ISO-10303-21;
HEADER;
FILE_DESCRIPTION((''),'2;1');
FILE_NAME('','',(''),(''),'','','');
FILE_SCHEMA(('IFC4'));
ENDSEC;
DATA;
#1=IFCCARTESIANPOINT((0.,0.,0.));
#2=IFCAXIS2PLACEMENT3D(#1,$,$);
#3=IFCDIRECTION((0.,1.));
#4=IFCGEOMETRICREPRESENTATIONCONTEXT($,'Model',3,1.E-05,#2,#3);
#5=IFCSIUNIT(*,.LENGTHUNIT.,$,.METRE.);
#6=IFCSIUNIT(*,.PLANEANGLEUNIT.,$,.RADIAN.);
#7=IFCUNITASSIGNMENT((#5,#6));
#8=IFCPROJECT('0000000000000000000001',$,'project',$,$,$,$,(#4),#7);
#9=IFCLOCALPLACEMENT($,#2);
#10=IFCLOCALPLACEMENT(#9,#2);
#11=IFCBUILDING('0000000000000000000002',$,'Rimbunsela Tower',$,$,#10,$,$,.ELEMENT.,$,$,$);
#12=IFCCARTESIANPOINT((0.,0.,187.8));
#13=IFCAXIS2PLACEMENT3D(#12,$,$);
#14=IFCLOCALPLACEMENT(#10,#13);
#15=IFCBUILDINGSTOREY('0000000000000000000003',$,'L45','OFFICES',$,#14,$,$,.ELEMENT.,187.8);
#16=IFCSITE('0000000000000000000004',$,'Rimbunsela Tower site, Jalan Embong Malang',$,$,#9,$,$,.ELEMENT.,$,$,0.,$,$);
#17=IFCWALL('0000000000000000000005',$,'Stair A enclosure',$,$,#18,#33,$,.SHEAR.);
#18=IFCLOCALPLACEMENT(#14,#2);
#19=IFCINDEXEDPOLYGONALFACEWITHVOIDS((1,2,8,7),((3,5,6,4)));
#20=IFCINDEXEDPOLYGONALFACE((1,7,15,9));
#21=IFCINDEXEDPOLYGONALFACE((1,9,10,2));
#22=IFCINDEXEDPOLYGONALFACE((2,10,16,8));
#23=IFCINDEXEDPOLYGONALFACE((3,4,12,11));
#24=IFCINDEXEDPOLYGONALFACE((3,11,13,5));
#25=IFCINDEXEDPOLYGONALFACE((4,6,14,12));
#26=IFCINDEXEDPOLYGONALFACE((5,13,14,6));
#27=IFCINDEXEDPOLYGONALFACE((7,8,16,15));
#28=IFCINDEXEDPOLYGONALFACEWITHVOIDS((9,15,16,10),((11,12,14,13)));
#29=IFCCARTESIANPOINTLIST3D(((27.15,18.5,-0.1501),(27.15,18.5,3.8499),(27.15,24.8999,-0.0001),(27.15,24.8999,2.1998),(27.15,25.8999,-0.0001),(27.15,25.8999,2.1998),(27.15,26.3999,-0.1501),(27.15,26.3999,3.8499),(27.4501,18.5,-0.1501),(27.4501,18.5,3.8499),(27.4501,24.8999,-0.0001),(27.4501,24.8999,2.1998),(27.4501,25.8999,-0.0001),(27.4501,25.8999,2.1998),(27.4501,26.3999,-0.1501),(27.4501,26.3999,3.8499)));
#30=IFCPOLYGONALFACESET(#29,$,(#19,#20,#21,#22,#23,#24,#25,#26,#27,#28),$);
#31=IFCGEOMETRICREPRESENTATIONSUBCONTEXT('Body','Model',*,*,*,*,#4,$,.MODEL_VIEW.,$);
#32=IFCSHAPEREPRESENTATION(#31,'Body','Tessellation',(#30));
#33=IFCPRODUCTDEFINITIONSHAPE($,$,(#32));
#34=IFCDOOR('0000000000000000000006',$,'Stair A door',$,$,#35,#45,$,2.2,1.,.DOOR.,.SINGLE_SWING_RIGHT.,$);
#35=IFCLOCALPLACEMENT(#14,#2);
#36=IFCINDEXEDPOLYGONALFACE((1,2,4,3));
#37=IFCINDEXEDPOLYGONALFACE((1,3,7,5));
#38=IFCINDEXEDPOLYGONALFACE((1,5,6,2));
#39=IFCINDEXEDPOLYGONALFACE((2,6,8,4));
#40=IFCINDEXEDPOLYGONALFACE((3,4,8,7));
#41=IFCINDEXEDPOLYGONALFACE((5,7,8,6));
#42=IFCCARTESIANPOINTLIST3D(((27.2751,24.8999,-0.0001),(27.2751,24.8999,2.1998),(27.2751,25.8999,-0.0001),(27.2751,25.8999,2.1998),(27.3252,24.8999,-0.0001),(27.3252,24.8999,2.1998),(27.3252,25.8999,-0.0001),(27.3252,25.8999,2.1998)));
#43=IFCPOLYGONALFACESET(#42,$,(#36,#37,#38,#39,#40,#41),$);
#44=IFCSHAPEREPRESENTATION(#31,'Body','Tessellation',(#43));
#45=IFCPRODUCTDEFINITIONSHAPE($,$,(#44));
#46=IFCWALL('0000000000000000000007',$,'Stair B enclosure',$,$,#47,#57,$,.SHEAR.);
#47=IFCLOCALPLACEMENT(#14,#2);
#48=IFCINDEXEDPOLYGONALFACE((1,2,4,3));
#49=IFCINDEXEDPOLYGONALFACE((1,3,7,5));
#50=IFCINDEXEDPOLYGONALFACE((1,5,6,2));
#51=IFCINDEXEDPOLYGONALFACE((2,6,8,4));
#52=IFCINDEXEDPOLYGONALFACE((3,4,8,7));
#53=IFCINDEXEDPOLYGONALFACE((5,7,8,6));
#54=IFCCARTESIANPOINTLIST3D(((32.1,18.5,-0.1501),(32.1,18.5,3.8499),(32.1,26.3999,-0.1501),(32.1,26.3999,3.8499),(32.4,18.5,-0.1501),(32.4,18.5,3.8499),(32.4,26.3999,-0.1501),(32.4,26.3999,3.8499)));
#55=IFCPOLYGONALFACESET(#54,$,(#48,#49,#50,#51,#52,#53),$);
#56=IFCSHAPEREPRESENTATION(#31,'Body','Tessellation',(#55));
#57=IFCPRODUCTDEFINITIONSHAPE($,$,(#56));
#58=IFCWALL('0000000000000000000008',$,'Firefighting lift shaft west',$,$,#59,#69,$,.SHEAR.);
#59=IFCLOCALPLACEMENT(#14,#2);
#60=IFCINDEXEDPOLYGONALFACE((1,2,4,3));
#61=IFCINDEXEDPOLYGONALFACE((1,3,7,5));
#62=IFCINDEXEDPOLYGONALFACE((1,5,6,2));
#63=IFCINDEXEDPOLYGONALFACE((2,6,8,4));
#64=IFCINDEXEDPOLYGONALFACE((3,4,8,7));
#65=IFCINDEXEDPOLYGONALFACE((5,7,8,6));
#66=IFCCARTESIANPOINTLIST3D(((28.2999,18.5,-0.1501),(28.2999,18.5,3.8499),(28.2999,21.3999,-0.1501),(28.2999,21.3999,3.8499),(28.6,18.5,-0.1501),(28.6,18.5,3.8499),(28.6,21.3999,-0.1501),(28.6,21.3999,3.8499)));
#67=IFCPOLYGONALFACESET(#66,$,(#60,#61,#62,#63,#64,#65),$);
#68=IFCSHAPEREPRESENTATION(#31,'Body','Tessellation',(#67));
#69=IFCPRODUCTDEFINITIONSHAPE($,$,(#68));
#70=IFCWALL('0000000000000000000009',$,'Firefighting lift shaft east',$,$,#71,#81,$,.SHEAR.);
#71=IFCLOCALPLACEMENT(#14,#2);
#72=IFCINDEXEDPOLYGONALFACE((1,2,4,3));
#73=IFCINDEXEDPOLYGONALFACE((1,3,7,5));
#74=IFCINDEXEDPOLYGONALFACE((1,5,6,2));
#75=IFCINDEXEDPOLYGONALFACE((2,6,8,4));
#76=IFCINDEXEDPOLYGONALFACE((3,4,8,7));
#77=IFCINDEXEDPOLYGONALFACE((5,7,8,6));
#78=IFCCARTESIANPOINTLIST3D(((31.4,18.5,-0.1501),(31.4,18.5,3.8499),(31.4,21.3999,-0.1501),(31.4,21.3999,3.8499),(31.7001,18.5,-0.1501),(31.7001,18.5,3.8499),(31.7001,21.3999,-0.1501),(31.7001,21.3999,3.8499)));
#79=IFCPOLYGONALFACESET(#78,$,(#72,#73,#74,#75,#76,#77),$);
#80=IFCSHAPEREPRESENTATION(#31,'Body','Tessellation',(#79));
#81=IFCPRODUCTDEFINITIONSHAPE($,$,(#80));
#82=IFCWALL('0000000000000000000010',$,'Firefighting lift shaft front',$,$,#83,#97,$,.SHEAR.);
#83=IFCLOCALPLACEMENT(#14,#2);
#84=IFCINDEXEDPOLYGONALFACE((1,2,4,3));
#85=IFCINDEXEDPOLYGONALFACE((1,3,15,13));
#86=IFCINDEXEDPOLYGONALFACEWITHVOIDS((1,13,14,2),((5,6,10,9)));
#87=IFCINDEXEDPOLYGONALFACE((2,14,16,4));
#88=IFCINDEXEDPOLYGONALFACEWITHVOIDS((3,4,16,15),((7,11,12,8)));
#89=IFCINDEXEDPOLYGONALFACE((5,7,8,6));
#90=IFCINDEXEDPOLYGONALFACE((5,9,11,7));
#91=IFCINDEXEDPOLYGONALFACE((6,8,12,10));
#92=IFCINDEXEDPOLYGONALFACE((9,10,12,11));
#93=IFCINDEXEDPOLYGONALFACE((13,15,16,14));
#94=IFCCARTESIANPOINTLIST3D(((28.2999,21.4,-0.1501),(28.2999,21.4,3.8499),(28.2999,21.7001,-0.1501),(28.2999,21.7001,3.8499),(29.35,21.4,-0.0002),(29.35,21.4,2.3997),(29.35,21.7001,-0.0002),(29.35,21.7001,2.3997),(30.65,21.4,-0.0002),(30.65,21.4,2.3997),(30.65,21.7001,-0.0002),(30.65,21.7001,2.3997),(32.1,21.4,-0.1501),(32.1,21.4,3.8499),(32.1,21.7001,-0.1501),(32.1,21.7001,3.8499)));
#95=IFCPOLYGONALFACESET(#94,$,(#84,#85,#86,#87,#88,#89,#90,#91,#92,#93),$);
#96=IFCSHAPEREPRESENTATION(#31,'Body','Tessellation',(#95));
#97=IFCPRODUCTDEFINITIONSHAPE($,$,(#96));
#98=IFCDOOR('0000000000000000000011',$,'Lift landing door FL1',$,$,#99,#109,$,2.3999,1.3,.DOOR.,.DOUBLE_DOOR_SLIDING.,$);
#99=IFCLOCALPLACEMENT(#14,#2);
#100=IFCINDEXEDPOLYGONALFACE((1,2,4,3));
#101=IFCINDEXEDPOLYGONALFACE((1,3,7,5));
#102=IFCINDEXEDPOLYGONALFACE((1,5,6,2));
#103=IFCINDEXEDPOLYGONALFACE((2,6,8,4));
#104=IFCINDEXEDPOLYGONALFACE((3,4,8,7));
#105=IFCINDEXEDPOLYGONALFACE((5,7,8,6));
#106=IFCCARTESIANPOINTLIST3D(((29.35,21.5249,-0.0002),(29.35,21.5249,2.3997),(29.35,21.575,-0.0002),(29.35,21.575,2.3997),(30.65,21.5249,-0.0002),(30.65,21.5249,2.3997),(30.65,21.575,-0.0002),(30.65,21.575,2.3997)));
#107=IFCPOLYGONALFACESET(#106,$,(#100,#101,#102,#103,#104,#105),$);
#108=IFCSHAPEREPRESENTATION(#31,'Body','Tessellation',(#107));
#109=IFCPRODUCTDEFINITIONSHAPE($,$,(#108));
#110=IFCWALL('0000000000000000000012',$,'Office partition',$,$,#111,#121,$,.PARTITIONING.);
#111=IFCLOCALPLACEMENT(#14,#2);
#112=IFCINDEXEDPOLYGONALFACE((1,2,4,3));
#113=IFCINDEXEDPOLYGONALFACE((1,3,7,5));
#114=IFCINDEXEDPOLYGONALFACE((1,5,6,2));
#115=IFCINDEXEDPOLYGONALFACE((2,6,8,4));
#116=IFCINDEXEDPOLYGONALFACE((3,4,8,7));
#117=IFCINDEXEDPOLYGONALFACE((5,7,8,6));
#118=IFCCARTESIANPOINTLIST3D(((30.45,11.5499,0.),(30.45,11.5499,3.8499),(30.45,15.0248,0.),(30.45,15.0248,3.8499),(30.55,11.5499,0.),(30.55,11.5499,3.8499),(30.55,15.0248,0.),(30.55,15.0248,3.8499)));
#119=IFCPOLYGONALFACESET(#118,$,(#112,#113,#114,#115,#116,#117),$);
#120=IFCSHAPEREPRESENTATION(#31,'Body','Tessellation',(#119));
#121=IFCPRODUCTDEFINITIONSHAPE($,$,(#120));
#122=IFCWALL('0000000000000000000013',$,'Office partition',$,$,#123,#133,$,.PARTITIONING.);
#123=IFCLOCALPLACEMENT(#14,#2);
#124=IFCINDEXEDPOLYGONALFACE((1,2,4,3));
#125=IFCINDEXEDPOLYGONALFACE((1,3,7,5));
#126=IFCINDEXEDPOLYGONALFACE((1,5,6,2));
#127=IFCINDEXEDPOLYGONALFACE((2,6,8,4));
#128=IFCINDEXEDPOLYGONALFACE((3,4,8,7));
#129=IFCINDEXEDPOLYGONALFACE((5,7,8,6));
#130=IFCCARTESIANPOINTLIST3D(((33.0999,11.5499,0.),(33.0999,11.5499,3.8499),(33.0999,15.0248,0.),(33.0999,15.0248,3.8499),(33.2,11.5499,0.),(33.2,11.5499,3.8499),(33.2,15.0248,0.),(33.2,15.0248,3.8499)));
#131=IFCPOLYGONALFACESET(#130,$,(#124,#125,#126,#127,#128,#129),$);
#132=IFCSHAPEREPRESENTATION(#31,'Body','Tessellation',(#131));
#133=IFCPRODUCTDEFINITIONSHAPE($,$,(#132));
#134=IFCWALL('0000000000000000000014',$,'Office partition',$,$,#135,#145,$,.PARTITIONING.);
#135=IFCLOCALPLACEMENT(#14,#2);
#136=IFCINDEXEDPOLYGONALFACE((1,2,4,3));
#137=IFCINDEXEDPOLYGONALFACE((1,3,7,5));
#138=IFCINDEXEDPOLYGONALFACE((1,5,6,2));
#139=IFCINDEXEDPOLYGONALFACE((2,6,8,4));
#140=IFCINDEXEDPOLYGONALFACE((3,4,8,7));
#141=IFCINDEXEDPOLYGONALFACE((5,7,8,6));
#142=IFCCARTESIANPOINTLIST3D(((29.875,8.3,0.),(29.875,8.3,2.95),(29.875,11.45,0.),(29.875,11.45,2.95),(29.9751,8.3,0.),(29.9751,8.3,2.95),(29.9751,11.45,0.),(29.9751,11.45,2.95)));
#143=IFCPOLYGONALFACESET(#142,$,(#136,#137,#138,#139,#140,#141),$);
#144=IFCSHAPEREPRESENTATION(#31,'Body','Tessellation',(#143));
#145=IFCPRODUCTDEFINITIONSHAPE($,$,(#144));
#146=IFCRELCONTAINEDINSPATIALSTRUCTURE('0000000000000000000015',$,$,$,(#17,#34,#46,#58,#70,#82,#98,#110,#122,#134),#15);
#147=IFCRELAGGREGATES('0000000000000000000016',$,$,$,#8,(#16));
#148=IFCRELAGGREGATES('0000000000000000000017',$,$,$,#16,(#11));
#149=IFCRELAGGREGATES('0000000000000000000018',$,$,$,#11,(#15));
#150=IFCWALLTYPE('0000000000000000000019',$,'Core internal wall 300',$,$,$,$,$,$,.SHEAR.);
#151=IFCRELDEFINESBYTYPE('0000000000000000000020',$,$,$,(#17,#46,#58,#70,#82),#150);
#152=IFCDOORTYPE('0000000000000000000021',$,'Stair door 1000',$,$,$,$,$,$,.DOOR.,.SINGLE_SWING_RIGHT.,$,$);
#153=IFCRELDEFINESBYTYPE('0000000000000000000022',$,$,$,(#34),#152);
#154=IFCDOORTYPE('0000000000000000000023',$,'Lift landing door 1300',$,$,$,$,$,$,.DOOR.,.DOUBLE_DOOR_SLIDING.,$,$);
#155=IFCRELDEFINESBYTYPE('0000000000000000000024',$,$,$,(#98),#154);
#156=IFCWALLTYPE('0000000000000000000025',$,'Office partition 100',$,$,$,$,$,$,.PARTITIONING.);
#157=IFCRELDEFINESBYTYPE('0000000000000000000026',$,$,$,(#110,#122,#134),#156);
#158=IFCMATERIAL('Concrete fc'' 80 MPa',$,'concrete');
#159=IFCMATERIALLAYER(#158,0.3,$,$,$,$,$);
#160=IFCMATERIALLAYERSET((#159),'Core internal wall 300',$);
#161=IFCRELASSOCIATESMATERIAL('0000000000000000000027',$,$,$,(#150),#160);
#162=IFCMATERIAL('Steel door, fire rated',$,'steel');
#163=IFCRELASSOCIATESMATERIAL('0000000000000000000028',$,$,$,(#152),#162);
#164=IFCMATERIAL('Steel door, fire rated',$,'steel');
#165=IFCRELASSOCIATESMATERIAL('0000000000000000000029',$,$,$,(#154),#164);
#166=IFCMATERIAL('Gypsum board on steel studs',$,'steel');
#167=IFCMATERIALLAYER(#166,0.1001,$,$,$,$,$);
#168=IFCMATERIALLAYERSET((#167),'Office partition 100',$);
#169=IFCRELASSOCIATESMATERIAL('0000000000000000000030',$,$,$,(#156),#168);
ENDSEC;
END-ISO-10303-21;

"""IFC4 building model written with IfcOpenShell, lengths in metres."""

from ifc_helpers import new_model, si_unit, direction, frame, frame_2d, origin, place, context, subcontext, project, spatial, rectangle, extrude, material, layer, layer_set, type_object, element, fill, save


model = new_model("IFC4")

# Units and contexts
model_context = context("Model", 3, precision=1e-05, world=origin(), true_north=direction((0.0, 1.0)))
body_context = subcontext(model_context, "Body", "Model", "MODEL_VIEW")
ifc_project = project(units=[si_unit("LENGTHUNIT", "METRE"), si_unit("PLANEANGLEUNIT", "RADIAN")], contexts=[model_context])

# Site, building, storey
site_placement = place(None, origin())
site = spatial("IfcSite", under=ifc_project, at=site_placement, Name="Rimbunsela Tower site, Jalan Embong Malang", CompositionType="ELEMENT", RefElevation=0.0)
building_placement = place(site_placement, origin())
building = spatial("IfcBuilding", under=site, at=building_placement, Name="Rimbunsela Tower", CompositionType="ELEMENT")
storey_placement = place(building_placement, frame((0.0, 0.0, 187.8)))
storey = spatial("IfcBuildingStorey", under=building, at=storey_placement, Name="L45", Description="OFFICES", CompositionType="ELEMENT", Elevation=187.8)

# Wall, opening, door
ifc_material_1 = material(Name="Concrete fc' 80 MPa", Category="concrete")
ifc_layer_1 = layer(ifc_material_1, 0.3)
ifc_layer_set_1 = layer_set([ifc_layer_1], Name="Core internal wall 300")
wall_type_1 = type_object("IfcWallType", Name="Core internal wall 300", PredefinedType="SHEAR", material=ifc_layer_set_1)
wall_1_placement = place(storey_placement, frame((27.3, 18.5, -0.1501), z_axis=(0.0, 0.0, 1.0), x_axis=(0.0, 1.0, 0.0)))
wall_1 = element("IfcWall", 1, at=wall_1_placement, inside=storey, type_object=wall_type_1, Name="Stair A enclosure", PredefinedType="SHEAR", context=body_context, shape_type="SweptSolid", body=[
    extrude(rectangle(XDim=7.8999, YDim=0.3, at=frame_2d((3.95, 0.0))), origin(), (0.0, 0.0, 1.0), 4.0),
])
opening_1_placement = place(wall_1_placement, frame((6.3999, 0.0, 0.1499)))
opening_1 = element("IfcOpeningElement", 2, at=opening_1_placement, cuts=wall_1, PredefinedType="OPENING", context=body_context, shape_type="SweptSolid", body=[
    extrude(rectangle(XDim=1.0, YDim=2.2, at=frame_2d((0.5, 1.1001))), frame((0.0, 0.1599, 0.0), z_axis=(0.0, -1.0, 0.0), x_axis=(1.0, 0.0, 0.0)), (0.0, 0.0, 1.0), 0.3201),
])
ifc_material_2 = material(Name="Steel door, fire rated", Category="steel")
door_type_1 = type_object("IfcDoorType", Name="Stair door 1000", OperationType="SINGLE_SWING_RIGHT", PredefinedType="DOOR", material=ifc_material_2)
door_1_placement = place(opening_1_placement, origin())
door_1 = element("IfcDoor", 3, at=door_1_placement, inside=storey, type_object=door_type_1, Name="Stair A door", OperationType="SINGLE_SWING_RIGHT", OverallHeight=2.2, OverallWidth=1.0, PredefinedType="DOOR", context=body_context, shape_type="SweptSolid", body=[
    extrude(rectangle(XDim=1.0, YDim=2.2, at=frame_2d((0.5, 1.1001))), frame((0.0, 0.0249, 0.0), z_axis=(0.0, -1.0, 0.0), x_axis=(1.0, 0.0, 0.0)), (0.0, 0.0, 1.0), 0.05),
])
fill(opening_1, door_1)

# Walls
wall_2_placement = place(storey_placement, frame((32.25, 18.5, -0.1501), z_axis=(0.0, 0.0, 1.0), x_axis=(0.0, 1.0, 0.0)))
element("IfcWall", 4, at=wall_2_placement, inside=storey, type_object=wall_type_1, Name="Stair B enclosure", PredefinedType="SHEAR", context=body_context, shape_type="SweptSolid", body=[
    extrude(rectangle(XDim=7.8999, YDim=0.3, at=frame_2d((3.95, 0.0))), origin(), (0.0, 0.0, 1.0), 4.0),
])
for number, where, z_axis, x_axis, name in (
    (5, (28.45, 18.5, -0.1501), (0.0, 0.0, 1.0), (0.0, 1.0, 0.0), "Firefighting lift shaft west"),
    (6, (31.55, 18.5, -0.1501), (0.0, 0.0, 1.0), (0.0, 1.0, 0.0), "Firefighting lift shaft east"),
):
    element("IfcWall", number, at=place(storey_placement, frame(where, z_axis=z_axis, x_axis=x_axis)), inside=storey, type_object=wall_type_1, Name=name, PredefinedType="SHEAR", context=body_context, shape_type="SweptSolid", body=[
        extrude(rectangle(XDim=2.8999, YDim=0.3, at=frame_2d((1.45, 0.0))), origin(), (0.0, 0.0, 1.0), 4.0),
    ])

# Wall, opening, door
wall_3_placement = place(storey_placement, frame((28.3, 21.55, -0.1501), z_axis=(0.0, 0.0, 1.0), x_axis=(1.0, 0.0, 0.0)))
wall_3 = element("IfcWall", 7, at=wall_3_placement, inside=storey, type_object=wall_type_1, Name="Firefighting lift shaft front", PredefinedType="SHEAR", context=body_context, shape_type="SweptSolid", body=[
    extrude(rectangle(XDim=3.8, YDim=0.3, at=frame_2d((1.8999, 0.0))), origin(), (0.0, 0.0, 1.0), 4.0),
])
opening_2_placement = place(wall_3_placement, frame((1.05, 0.0, 0.1499)))
opening_2 = element("IfcOpeningElement", 8, at=opening_2_placement, cuts=wall_3, PredefinedType="OPENING", context=body_context, shape_type="SweptSolid", body=[
    extrude(rectangle(XDim=1.3, YDim=2.3999, at=frame_2d((0.6499, 1.2))), frame((0.0, 0.1599, 0.0), z_axis=(0.0, -1.0, 0.0), x_axis=(1.0, 0.0, 0.0)), (0.0, 0.0, 1.0), 0.3201),
])
ifc_material_3 = material(Name="Steel door, fire rated", Category="steel")
door_type_2 = type_object("IfcDoorType", Name="Lift landing door 1300", OperationType="DOUBLE_DOOR_SLIDING", PredefinedType="DOOR", material=ifc_material_3)
door_2_placement = place(opening_2_placement, origin())
door_2 = element("IfcDoor", 9, at=door_2_placement, inside=storey, type_object=door_type_2, Name="Lift landing door FL1", OperationType="DOUBLE_DOOR_SLIDING", OverallHeight=2.3999, OverallWidth=1.3, PredefinedType="DOOR", context=body_context, shape_type="SweptSolid", body=[
    extrude(rectangle(XDim=1.3, YDim=2.3999, at=frame_2d((0.6499, 1.2))), frame((0.0, 0.0249, 0.0), z_axis=(0.0, -1.0, 0.0), x_axis=(1.0, 0.0, 0.0)), (0.0, 0.0, 1.0), 0.05),
])
fill(opening_2, door_2)

# Walls
ifc_material_4 = material(Name="Gypsum board on steel studs", Category="steel")
ifc_layer_2 = layer(ifc_material_4, 0.1001)
ifc_layer_set_2 = layer_set([ifc_layer_2], Name="Office partition 100")
wall_type_2 = type_object("IfcWallType", Name="Office partition 100", PredefinedType="PARTITIONING", material=ifc_layer_set_2)
for number, where, z_axis, x_axis, name in (
    (10, (30.5, 11.55, 0.0), (0.0, 0.0, 1.0), (0.0, 1.0, 0.0), "Office partition"),
    (11, (33.1499, 11.55, 0.0), (0.0, 0.0, 1.0), (0.0, 1.0, 0.0), "Office partition"),
):
    element("IfcWall", number, at=place(storey_placement, frame(where, z_axis=z_axis, x_axis=x_axis)), inside=storey, type_object=wall_type_2, Name=name, PredefinedType="PARTITIONING", context=body_context, shape_type="SweptSolid", body=[
        extrude(rectangle(XDim=3.4749, YDim=0.1001, at=frame_2d((1.7373, 0.0))), origin(), (0.0, 0.0, 1.0), 3.8499),
    ])
wall_4_placement = place(storey_placement, frame((29.925, 11.45, 0.0), z_axis=(0.0, 0.0, 1.0), x_axis=(0.0, -1.0, 0.0)))
element("IfcWall", 12, at=wall_4_placement, inside=storey, type_object=wall_type_2, Name="Office partition", PredefinedType="PARTITIONING", context=body_context, shape_type="SweptSolid", body=[
    extrude(rectangle(XDim=3.1499, YDim=0.1001, at=frame_2d((1.575, 0.0))), origin(), (0.0, 0.0, 1.0), 2.95),
])

save(model, "model.ifc")
